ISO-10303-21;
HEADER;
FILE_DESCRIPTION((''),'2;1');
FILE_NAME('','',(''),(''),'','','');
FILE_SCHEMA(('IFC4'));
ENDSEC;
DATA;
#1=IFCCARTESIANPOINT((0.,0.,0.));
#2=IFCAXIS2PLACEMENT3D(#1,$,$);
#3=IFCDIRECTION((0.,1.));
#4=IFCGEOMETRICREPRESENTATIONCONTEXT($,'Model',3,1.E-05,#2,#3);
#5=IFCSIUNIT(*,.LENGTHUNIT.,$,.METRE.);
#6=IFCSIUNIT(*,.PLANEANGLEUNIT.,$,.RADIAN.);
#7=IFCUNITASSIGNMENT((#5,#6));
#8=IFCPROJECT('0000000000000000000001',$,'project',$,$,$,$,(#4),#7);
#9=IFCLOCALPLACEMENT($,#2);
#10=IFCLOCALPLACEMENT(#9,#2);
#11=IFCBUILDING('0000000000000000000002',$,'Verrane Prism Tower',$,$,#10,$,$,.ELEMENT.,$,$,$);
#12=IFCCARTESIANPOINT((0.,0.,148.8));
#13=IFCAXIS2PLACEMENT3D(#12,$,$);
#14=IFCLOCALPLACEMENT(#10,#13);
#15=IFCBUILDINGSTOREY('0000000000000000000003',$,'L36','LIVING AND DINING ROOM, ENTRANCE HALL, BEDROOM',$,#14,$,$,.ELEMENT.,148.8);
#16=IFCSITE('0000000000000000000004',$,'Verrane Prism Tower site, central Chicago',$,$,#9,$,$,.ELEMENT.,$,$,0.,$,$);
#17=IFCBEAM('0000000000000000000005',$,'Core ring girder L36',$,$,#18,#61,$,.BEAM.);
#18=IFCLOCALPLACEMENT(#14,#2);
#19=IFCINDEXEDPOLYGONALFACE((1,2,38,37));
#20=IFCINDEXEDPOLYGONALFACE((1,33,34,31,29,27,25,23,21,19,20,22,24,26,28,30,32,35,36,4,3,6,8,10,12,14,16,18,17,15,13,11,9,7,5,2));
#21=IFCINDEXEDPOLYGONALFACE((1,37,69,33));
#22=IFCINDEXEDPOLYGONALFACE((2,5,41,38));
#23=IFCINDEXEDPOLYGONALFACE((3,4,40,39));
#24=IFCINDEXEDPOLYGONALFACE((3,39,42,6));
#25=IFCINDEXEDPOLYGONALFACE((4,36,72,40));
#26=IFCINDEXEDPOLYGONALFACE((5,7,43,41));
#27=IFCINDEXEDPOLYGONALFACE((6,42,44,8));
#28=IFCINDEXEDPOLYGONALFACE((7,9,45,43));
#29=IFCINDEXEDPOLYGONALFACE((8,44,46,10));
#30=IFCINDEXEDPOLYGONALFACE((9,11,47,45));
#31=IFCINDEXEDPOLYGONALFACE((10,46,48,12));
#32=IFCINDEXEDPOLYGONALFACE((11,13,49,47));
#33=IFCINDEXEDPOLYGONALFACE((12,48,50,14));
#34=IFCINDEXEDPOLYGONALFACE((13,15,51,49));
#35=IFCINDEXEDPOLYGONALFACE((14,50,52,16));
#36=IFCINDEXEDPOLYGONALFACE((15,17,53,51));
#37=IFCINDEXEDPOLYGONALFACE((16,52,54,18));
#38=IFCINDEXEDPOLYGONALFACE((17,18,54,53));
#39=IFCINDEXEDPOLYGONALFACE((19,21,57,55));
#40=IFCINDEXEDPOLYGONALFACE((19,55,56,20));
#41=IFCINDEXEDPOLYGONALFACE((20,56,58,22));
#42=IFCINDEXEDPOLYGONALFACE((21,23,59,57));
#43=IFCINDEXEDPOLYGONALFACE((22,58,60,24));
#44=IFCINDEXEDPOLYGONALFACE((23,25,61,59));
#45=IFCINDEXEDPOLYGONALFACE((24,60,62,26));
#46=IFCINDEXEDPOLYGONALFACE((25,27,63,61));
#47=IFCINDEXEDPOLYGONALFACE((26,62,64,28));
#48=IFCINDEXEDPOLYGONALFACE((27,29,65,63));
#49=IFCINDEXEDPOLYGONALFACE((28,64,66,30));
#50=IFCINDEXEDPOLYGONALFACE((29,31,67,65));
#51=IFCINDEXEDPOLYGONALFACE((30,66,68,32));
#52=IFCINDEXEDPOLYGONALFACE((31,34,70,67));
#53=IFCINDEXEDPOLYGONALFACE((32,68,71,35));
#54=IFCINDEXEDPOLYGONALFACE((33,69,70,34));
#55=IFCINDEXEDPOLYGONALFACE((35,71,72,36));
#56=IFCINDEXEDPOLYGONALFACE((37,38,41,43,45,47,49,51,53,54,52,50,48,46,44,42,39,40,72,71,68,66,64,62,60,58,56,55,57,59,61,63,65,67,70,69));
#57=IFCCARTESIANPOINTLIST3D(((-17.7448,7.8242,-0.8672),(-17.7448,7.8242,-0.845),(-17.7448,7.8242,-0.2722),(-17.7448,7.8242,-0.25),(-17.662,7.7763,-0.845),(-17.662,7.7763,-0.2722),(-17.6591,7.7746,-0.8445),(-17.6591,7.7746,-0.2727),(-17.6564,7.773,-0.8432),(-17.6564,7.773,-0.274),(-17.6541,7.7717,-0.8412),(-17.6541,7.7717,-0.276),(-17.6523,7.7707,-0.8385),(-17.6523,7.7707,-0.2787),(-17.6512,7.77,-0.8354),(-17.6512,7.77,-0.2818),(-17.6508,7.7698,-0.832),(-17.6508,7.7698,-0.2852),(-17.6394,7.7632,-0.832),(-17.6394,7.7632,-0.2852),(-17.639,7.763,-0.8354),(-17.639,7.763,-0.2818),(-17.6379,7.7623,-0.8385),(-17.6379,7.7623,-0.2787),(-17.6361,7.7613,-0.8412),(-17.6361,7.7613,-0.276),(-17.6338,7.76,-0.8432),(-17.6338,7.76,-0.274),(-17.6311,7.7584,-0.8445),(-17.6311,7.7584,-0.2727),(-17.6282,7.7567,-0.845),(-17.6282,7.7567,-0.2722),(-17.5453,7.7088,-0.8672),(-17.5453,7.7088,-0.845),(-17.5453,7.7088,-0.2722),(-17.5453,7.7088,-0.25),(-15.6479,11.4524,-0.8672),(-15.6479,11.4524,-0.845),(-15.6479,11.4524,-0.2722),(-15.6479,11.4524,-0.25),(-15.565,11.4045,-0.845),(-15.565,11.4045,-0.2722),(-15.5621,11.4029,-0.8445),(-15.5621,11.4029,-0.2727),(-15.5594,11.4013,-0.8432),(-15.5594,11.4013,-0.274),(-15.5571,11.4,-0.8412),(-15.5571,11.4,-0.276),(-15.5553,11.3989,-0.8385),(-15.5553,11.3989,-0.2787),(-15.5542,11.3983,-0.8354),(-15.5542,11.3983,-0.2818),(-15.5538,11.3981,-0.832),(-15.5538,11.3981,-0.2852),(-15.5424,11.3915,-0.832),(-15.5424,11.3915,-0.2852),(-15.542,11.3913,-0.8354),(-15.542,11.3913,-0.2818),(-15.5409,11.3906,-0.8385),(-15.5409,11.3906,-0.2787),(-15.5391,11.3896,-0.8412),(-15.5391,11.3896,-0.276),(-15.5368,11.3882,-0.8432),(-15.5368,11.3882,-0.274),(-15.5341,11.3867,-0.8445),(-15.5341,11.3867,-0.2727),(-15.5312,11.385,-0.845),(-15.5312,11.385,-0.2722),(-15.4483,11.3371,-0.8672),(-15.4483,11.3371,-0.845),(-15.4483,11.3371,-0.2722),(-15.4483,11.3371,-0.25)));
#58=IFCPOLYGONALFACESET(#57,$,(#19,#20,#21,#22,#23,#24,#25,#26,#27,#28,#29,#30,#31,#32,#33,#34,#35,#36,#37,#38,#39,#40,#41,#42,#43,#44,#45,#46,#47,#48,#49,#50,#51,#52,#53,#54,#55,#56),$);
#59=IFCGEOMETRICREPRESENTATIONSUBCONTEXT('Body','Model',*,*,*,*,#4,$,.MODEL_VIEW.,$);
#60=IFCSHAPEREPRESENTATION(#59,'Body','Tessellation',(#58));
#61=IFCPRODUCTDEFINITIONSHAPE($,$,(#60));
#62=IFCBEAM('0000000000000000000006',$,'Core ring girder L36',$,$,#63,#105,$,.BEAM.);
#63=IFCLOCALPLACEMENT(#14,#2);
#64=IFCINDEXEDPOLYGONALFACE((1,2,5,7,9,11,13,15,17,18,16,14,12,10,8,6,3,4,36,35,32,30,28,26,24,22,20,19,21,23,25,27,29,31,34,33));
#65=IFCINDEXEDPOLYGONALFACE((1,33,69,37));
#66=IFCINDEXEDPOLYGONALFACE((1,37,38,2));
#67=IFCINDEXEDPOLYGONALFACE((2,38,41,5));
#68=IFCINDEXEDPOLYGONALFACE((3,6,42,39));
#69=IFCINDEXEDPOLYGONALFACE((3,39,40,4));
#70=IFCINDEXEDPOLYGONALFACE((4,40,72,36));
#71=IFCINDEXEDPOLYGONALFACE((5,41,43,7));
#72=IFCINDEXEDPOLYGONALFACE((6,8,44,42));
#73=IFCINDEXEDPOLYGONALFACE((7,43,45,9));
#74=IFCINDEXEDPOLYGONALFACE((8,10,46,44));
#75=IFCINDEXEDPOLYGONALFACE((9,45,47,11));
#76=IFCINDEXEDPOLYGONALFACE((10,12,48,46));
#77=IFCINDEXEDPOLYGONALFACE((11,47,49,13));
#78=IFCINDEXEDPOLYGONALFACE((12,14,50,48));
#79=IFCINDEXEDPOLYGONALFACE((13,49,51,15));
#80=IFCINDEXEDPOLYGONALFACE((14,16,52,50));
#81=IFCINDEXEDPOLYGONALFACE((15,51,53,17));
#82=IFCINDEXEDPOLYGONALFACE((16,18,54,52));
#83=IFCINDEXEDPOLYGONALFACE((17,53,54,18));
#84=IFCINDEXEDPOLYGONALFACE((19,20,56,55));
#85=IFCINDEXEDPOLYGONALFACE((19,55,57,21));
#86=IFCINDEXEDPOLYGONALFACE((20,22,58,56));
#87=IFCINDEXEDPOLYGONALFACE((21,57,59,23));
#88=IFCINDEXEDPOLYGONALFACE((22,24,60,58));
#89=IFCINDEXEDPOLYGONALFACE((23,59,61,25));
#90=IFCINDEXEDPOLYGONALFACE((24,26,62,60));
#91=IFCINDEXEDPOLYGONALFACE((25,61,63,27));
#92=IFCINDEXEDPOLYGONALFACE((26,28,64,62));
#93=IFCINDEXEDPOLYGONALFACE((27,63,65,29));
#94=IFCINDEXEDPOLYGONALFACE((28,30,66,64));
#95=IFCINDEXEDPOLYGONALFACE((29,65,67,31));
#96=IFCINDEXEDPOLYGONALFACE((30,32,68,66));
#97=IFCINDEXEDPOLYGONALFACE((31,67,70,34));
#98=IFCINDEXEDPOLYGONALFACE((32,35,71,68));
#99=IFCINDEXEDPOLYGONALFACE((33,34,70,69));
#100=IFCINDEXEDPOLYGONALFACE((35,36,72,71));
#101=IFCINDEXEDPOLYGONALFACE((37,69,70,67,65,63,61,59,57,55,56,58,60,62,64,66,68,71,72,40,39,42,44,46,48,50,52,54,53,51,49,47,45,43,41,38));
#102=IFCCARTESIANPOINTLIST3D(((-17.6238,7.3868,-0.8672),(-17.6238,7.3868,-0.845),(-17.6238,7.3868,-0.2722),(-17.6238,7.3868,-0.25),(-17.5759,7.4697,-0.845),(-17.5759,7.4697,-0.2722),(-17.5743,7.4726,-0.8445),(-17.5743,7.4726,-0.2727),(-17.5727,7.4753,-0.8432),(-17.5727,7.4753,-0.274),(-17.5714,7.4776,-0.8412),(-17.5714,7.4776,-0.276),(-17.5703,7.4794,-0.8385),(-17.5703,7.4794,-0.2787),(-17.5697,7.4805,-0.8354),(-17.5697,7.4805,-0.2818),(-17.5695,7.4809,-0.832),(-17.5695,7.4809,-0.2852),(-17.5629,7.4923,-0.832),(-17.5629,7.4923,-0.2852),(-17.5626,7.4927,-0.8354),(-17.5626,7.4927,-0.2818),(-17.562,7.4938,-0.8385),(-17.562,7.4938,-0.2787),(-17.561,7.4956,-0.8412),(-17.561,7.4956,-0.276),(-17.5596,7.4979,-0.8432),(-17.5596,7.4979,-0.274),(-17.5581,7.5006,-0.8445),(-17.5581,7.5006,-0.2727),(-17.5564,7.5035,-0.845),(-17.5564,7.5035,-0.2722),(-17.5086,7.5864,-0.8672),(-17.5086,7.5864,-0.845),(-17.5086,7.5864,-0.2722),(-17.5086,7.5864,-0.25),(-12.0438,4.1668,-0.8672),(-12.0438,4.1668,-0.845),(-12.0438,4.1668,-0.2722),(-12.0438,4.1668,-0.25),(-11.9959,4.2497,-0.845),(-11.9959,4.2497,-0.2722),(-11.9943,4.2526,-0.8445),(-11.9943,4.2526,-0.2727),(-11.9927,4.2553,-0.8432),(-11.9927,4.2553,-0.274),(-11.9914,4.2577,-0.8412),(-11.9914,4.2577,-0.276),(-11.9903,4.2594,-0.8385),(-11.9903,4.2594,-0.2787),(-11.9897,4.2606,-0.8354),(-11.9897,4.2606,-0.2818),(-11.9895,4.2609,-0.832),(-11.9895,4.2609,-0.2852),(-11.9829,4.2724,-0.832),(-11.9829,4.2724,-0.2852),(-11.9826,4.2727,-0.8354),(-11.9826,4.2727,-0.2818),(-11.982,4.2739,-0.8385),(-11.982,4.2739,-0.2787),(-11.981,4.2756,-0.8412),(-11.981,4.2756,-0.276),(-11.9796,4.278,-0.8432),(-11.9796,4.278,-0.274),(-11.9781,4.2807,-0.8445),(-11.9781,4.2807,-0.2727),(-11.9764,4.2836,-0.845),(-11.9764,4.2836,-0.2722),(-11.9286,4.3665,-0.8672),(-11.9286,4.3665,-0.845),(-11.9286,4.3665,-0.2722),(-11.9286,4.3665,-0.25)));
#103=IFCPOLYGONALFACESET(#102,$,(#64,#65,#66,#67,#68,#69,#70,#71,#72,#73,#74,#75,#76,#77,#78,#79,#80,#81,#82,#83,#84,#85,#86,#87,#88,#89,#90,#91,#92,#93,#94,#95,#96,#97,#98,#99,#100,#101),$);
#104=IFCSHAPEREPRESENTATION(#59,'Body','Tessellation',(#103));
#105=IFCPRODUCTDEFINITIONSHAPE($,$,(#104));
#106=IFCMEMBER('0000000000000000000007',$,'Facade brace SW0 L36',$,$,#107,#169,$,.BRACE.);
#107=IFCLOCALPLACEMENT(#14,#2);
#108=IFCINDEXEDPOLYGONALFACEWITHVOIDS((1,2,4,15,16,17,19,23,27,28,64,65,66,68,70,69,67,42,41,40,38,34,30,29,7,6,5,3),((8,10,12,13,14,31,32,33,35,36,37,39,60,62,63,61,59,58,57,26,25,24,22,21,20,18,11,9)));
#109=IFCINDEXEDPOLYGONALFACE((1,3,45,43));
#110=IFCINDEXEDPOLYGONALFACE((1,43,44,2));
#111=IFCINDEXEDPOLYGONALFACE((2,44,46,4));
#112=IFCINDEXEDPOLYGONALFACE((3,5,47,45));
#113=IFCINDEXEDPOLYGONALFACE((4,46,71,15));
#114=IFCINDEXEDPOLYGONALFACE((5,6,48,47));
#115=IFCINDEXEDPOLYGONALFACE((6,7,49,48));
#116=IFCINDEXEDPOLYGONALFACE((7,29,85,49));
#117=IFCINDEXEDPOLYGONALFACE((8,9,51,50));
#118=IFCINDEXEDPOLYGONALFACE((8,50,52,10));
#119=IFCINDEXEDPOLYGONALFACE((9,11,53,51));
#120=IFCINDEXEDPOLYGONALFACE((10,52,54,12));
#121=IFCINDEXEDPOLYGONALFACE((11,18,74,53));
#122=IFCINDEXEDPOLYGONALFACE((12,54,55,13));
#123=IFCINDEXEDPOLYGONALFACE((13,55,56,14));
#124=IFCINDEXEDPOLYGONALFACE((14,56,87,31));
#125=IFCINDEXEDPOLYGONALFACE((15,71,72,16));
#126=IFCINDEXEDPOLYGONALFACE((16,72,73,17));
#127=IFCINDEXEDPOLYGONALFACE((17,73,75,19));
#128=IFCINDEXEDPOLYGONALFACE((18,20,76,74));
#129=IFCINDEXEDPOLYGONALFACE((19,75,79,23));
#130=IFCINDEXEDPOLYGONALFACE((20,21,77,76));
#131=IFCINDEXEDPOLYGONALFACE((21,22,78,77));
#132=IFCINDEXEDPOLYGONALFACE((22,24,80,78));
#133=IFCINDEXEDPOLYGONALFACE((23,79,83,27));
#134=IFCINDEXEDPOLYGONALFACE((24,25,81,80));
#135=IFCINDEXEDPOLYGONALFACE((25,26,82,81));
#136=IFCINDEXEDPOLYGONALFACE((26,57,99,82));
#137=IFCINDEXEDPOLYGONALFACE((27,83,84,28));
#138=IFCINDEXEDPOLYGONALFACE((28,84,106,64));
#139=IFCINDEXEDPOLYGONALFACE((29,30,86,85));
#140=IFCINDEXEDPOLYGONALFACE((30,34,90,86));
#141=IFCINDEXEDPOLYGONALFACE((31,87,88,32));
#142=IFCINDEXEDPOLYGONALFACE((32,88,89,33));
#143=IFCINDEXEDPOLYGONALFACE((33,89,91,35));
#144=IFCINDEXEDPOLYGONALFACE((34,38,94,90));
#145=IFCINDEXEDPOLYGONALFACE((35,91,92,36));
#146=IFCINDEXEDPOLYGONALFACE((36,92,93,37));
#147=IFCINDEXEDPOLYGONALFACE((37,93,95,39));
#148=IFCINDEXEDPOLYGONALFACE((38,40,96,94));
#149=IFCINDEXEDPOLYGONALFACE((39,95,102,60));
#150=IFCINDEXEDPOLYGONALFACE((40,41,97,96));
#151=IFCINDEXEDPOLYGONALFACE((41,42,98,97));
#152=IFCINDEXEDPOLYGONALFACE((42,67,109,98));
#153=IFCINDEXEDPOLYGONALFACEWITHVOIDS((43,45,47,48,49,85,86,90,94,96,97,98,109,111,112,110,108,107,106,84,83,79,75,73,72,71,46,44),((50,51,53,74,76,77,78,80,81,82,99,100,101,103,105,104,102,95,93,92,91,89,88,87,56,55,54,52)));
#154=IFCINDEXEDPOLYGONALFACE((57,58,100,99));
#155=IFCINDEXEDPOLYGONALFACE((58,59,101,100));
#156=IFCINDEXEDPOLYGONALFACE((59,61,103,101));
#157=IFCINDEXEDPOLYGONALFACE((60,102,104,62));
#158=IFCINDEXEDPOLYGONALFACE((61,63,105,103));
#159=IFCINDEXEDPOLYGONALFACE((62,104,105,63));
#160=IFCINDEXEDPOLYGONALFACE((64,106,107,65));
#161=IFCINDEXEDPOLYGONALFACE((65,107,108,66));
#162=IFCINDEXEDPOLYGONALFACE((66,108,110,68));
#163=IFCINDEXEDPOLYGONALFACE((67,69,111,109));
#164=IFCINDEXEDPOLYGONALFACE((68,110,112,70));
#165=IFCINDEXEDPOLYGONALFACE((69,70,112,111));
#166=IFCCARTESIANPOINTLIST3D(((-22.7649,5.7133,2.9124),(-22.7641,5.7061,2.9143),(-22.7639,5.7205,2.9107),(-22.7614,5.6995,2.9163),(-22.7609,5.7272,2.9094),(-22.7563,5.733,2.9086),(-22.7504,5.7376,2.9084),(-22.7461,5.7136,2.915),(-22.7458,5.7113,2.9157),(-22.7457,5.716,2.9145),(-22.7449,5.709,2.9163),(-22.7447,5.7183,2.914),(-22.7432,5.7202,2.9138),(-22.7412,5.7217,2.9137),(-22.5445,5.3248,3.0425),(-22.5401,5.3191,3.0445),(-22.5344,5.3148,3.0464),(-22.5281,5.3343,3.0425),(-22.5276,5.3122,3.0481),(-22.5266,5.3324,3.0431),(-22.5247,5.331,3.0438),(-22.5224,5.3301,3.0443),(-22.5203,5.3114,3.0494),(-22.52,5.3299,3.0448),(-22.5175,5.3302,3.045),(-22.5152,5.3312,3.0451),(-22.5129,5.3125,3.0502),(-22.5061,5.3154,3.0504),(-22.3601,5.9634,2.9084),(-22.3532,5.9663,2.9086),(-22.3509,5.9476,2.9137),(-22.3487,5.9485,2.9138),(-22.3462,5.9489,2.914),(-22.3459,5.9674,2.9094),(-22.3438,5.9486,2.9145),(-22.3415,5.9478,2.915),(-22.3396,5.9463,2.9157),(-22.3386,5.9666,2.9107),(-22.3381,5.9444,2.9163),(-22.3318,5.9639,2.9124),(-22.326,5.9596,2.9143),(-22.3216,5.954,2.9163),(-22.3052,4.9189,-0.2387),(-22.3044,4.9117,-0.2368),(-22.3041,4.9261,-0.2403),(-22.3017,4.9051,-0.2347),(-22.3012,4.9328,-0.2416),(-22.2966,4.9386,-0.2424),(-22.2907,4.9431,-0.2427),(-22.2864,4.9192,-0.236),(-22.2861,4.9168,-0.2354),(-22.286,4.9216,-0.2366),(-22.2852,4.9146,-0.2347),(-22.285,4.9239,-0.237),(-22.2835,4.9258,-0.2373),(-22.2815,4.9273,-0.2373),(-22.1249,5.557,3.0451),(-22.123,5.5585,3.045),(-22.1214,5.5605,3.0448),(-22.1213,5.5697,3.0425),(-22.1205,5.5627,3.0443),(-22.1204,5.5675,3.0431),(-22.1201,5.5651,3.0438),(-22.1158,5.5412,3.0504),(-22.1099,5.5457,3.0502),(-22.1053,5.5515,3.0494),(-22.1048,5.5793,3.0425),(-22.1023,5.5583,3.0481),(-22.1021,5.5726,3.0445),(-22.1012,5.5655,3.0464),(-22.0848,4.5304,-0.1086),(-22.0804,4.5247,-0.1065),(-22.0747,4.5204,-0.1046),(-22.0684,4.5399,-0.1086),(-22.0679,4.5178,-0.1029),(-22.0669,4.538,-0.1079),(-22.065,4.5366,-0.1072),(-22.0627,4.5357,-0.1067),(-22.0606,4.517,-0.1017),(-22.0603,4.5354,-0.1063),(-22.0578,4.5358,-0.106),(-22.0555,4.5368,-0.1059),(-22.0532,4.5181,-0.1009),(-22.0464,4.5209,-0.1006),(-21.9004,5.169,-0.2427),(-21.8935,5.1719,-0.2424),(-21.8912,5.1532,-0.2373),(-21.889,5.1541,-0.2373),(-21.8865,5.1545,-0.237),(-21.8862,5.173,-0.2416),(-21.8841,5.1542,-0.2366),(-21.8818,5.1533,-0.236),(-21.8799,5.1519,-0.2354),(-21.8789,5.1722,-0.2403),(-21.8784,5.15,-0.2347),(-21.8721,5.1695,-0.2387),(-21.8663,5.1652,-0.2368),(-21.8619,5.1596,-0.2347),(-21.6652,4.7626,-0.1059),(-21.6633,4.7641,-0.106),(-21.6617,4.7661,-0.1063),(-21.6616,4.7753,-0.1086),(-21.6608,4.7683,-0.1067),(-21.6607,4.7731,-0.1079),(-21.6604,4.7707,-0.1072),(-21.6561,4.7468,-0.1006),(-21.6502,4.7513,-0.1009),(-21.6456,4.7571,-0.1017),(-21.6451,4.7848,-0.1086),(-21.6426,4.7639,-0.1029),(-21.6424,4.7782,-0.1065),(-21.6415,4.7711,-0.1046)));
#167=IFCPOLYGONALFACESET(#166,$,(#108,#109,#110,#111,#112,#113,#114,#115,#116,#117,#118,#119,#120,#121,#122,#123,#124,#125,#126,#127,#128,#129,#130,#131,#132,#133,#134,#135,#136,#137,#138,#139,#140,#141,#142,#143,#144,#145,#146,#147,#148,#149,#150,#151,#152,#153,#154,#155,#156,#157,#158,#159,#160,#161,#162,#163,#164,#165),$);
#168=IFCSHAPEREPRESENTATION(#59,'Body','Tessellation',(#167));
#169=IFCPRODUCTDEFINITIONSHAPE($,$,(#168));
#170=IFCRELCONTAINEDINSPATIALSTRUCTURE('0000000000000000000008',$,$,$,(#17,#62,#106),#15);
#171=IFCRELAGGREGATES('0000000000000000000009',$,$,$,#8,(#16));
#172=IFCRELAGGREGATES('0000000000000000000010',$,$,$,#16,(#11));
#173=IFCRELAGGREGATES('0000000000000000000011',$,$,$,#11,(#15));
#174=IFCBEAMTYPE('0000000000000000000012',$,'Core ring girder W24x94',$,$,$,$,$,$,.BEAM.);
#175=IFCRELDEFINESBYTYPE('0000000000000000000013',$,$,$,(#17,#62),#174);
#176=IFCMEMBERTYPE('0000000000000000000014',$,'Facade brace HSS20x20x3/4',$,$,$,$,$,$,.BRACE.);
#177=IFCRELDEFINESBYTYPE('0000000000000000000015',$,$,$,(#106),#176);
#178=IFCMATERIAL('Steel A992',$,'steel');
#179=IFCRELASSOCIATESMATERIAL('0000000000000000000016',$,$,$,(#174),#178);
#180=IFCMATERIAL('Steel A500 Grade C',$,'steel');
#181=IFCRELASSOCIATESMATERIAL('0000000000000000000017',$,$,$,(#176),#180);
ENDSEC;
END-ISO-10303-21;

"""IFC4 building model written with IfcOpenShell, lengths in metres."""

from ifc_helpers import new_model, si_unit, direction, frame, origin, origin_2d, place, context, subcontext, project, spatial, hollow_rectangle, i_section, extrude, material, material_profile, profile_set, type_object, element, save


model = new_model("IFC4")

# Units and contexts
model_context = context("Model", 3, precision=1e-05, world=origin(), true_north=direction((0.0, 1.0)))
body_context = subcontext(model_context, "Body", "Model", "MODEL_VIEW")
ifc_project = project(units=[si_unit("LENGTHUNIT", "METRE"), si_unit("PLANEANGLEUNIT", "RADIAN")], contexts=[model_context])

# Site, building, storey
site_placement = place(None, origin())
site = spatial("IfcSite", under=ifc_project, at=site_placement, Name="Verrane Prism Tower site, central Chicago", CompositionType="ELEMENT", RefElevation=0.0)
building_placement = place(site_placement, origin())
building = spatial("IfcBuilding", under=site, at=building_placement, Name="Verrane Prism Tower", CompositionType="ELEMENT")
storey_placement = place(building_placement, frame((0.0, 0.0, 148.8)))
storey = spatial("IfcBuildingStorey", under=building, at=storey_placement, Name="L36", Description="LIVING AND DINING ROOM, ENTRANCE HALL, BEDROOM", CompositionType="ELEMENT", Elevation=148.8)

# Beams
ifc_material_1 = material(Name="Steel A992", Category="steel")
ifc_material_profile_1 = material_profile(ifc_material_1, i_section(OverallWidth=0.2305, OverallDepth=0.6172, WebThickness=0.0132, FlangeThickness=0.0222, FilletRadius=0.0129, at=origin_2d()), Name="W24x94")
ifc_profile_set_1 = profile_set([ifc_material_profile_1], Name="Steel A992")
beam_type_1 = type_object("IfcBeamType", Name="Core ring girder W24x94", PredefinedType="BEAM", material=ifc_profile_set_1)
beam_1_placement = place(storey_placement, frame((-15.5481, 11.3948, -0.5586), z_axis=(-0.500393, -0.865798, 0.0), x_axis=(0.865798, -0.500393, 0.0)))
element("IfcBeam", 1, at=beam_1_placement, inside=storey, type_object=beam_type_1, Name="Core ring girder L36", PredefinedType="BEAM", context=body_context, shape_type="SweptSolid", body=[
    extrude(i_section(OverallWidth=0.2305, OverallDepth=0.6172, WebThickness=0.0132, FlangeThickness=0.0222, FilletRadius=0.0129, at=origin_2d()), origin(), (0.0, 0.0, 1.0), 4.1907),
])
beam_2_placement = place(storey_placement, frame((-17.5662, 7.4866, -0.5586), z_axis=(0.866139, -0.499803, 0.0), x_axis=(0.499803, 0.866139, 0.0)))
element("IfcBeam", 2, at=beam_2_placement, inside=storey, type_object=beam_type_1, Name="Core ring girder L36", PredefinedType="BEAM", context=body_context, shape_type="SweptSolid", body=[
    extrude(i_section(OverallWidth=0.2305, OverallDepth=0.6172, WebThickness=0.0132, FlangeThickness=0.0222, FilletRadius=0.0129, at=origin_2d()), origin(), (0.0, 0.0, 1.0), 6.4424),
])

# Member
ifc_material_2 = material(Name="Steel A500 Grade C", Category="steel")
ifc_material_profile_2 = material_profile(ifc_material_2, hollow_rectangle(XDim=0.5081, YDim=0.5081, WallThickness=0.019, InnerFilletRadius=0.0095, OuterFilletRadius=0.0286, at=origin_2d()), Name="HSS20x20x3/4")
ifc_profile_set_2 = profile_set([ifc_material_profile_2], Name="Steel A500 Grade C")
member_type_1 = type_object("IfcMemberType", Name="Facade brace HSS20x20x3/4", PredefinedType="BRACE", material=ifc_profile_set_2)
member_1_placement = place(storey_placement, frame((-21.9734, 4.845, -0.1716), z_axis=(-0.140069, 0.242052, 0.9601), x_axis=(-0.865529, -0.500858, 0.0)))
element("IfcMember", 3, at=member_1_placement, inside=storey, type_object=member_type_1, Name="Facade brace SW0 L36", PredefinedType="BRACE", context=body_context, shape_type="SweptSolid", body=[
    extrude(hollow_rectangle(XDim=0.5081, YDim=0.5081, WallThickness=0.019, InnerFilletRadius=0.0095, OuterFilletRadius=0.0286, at=origin_2d()), origin(), (0.0, 0.0, 1.0), 3.282),
])

save(model, "model.ifc")
